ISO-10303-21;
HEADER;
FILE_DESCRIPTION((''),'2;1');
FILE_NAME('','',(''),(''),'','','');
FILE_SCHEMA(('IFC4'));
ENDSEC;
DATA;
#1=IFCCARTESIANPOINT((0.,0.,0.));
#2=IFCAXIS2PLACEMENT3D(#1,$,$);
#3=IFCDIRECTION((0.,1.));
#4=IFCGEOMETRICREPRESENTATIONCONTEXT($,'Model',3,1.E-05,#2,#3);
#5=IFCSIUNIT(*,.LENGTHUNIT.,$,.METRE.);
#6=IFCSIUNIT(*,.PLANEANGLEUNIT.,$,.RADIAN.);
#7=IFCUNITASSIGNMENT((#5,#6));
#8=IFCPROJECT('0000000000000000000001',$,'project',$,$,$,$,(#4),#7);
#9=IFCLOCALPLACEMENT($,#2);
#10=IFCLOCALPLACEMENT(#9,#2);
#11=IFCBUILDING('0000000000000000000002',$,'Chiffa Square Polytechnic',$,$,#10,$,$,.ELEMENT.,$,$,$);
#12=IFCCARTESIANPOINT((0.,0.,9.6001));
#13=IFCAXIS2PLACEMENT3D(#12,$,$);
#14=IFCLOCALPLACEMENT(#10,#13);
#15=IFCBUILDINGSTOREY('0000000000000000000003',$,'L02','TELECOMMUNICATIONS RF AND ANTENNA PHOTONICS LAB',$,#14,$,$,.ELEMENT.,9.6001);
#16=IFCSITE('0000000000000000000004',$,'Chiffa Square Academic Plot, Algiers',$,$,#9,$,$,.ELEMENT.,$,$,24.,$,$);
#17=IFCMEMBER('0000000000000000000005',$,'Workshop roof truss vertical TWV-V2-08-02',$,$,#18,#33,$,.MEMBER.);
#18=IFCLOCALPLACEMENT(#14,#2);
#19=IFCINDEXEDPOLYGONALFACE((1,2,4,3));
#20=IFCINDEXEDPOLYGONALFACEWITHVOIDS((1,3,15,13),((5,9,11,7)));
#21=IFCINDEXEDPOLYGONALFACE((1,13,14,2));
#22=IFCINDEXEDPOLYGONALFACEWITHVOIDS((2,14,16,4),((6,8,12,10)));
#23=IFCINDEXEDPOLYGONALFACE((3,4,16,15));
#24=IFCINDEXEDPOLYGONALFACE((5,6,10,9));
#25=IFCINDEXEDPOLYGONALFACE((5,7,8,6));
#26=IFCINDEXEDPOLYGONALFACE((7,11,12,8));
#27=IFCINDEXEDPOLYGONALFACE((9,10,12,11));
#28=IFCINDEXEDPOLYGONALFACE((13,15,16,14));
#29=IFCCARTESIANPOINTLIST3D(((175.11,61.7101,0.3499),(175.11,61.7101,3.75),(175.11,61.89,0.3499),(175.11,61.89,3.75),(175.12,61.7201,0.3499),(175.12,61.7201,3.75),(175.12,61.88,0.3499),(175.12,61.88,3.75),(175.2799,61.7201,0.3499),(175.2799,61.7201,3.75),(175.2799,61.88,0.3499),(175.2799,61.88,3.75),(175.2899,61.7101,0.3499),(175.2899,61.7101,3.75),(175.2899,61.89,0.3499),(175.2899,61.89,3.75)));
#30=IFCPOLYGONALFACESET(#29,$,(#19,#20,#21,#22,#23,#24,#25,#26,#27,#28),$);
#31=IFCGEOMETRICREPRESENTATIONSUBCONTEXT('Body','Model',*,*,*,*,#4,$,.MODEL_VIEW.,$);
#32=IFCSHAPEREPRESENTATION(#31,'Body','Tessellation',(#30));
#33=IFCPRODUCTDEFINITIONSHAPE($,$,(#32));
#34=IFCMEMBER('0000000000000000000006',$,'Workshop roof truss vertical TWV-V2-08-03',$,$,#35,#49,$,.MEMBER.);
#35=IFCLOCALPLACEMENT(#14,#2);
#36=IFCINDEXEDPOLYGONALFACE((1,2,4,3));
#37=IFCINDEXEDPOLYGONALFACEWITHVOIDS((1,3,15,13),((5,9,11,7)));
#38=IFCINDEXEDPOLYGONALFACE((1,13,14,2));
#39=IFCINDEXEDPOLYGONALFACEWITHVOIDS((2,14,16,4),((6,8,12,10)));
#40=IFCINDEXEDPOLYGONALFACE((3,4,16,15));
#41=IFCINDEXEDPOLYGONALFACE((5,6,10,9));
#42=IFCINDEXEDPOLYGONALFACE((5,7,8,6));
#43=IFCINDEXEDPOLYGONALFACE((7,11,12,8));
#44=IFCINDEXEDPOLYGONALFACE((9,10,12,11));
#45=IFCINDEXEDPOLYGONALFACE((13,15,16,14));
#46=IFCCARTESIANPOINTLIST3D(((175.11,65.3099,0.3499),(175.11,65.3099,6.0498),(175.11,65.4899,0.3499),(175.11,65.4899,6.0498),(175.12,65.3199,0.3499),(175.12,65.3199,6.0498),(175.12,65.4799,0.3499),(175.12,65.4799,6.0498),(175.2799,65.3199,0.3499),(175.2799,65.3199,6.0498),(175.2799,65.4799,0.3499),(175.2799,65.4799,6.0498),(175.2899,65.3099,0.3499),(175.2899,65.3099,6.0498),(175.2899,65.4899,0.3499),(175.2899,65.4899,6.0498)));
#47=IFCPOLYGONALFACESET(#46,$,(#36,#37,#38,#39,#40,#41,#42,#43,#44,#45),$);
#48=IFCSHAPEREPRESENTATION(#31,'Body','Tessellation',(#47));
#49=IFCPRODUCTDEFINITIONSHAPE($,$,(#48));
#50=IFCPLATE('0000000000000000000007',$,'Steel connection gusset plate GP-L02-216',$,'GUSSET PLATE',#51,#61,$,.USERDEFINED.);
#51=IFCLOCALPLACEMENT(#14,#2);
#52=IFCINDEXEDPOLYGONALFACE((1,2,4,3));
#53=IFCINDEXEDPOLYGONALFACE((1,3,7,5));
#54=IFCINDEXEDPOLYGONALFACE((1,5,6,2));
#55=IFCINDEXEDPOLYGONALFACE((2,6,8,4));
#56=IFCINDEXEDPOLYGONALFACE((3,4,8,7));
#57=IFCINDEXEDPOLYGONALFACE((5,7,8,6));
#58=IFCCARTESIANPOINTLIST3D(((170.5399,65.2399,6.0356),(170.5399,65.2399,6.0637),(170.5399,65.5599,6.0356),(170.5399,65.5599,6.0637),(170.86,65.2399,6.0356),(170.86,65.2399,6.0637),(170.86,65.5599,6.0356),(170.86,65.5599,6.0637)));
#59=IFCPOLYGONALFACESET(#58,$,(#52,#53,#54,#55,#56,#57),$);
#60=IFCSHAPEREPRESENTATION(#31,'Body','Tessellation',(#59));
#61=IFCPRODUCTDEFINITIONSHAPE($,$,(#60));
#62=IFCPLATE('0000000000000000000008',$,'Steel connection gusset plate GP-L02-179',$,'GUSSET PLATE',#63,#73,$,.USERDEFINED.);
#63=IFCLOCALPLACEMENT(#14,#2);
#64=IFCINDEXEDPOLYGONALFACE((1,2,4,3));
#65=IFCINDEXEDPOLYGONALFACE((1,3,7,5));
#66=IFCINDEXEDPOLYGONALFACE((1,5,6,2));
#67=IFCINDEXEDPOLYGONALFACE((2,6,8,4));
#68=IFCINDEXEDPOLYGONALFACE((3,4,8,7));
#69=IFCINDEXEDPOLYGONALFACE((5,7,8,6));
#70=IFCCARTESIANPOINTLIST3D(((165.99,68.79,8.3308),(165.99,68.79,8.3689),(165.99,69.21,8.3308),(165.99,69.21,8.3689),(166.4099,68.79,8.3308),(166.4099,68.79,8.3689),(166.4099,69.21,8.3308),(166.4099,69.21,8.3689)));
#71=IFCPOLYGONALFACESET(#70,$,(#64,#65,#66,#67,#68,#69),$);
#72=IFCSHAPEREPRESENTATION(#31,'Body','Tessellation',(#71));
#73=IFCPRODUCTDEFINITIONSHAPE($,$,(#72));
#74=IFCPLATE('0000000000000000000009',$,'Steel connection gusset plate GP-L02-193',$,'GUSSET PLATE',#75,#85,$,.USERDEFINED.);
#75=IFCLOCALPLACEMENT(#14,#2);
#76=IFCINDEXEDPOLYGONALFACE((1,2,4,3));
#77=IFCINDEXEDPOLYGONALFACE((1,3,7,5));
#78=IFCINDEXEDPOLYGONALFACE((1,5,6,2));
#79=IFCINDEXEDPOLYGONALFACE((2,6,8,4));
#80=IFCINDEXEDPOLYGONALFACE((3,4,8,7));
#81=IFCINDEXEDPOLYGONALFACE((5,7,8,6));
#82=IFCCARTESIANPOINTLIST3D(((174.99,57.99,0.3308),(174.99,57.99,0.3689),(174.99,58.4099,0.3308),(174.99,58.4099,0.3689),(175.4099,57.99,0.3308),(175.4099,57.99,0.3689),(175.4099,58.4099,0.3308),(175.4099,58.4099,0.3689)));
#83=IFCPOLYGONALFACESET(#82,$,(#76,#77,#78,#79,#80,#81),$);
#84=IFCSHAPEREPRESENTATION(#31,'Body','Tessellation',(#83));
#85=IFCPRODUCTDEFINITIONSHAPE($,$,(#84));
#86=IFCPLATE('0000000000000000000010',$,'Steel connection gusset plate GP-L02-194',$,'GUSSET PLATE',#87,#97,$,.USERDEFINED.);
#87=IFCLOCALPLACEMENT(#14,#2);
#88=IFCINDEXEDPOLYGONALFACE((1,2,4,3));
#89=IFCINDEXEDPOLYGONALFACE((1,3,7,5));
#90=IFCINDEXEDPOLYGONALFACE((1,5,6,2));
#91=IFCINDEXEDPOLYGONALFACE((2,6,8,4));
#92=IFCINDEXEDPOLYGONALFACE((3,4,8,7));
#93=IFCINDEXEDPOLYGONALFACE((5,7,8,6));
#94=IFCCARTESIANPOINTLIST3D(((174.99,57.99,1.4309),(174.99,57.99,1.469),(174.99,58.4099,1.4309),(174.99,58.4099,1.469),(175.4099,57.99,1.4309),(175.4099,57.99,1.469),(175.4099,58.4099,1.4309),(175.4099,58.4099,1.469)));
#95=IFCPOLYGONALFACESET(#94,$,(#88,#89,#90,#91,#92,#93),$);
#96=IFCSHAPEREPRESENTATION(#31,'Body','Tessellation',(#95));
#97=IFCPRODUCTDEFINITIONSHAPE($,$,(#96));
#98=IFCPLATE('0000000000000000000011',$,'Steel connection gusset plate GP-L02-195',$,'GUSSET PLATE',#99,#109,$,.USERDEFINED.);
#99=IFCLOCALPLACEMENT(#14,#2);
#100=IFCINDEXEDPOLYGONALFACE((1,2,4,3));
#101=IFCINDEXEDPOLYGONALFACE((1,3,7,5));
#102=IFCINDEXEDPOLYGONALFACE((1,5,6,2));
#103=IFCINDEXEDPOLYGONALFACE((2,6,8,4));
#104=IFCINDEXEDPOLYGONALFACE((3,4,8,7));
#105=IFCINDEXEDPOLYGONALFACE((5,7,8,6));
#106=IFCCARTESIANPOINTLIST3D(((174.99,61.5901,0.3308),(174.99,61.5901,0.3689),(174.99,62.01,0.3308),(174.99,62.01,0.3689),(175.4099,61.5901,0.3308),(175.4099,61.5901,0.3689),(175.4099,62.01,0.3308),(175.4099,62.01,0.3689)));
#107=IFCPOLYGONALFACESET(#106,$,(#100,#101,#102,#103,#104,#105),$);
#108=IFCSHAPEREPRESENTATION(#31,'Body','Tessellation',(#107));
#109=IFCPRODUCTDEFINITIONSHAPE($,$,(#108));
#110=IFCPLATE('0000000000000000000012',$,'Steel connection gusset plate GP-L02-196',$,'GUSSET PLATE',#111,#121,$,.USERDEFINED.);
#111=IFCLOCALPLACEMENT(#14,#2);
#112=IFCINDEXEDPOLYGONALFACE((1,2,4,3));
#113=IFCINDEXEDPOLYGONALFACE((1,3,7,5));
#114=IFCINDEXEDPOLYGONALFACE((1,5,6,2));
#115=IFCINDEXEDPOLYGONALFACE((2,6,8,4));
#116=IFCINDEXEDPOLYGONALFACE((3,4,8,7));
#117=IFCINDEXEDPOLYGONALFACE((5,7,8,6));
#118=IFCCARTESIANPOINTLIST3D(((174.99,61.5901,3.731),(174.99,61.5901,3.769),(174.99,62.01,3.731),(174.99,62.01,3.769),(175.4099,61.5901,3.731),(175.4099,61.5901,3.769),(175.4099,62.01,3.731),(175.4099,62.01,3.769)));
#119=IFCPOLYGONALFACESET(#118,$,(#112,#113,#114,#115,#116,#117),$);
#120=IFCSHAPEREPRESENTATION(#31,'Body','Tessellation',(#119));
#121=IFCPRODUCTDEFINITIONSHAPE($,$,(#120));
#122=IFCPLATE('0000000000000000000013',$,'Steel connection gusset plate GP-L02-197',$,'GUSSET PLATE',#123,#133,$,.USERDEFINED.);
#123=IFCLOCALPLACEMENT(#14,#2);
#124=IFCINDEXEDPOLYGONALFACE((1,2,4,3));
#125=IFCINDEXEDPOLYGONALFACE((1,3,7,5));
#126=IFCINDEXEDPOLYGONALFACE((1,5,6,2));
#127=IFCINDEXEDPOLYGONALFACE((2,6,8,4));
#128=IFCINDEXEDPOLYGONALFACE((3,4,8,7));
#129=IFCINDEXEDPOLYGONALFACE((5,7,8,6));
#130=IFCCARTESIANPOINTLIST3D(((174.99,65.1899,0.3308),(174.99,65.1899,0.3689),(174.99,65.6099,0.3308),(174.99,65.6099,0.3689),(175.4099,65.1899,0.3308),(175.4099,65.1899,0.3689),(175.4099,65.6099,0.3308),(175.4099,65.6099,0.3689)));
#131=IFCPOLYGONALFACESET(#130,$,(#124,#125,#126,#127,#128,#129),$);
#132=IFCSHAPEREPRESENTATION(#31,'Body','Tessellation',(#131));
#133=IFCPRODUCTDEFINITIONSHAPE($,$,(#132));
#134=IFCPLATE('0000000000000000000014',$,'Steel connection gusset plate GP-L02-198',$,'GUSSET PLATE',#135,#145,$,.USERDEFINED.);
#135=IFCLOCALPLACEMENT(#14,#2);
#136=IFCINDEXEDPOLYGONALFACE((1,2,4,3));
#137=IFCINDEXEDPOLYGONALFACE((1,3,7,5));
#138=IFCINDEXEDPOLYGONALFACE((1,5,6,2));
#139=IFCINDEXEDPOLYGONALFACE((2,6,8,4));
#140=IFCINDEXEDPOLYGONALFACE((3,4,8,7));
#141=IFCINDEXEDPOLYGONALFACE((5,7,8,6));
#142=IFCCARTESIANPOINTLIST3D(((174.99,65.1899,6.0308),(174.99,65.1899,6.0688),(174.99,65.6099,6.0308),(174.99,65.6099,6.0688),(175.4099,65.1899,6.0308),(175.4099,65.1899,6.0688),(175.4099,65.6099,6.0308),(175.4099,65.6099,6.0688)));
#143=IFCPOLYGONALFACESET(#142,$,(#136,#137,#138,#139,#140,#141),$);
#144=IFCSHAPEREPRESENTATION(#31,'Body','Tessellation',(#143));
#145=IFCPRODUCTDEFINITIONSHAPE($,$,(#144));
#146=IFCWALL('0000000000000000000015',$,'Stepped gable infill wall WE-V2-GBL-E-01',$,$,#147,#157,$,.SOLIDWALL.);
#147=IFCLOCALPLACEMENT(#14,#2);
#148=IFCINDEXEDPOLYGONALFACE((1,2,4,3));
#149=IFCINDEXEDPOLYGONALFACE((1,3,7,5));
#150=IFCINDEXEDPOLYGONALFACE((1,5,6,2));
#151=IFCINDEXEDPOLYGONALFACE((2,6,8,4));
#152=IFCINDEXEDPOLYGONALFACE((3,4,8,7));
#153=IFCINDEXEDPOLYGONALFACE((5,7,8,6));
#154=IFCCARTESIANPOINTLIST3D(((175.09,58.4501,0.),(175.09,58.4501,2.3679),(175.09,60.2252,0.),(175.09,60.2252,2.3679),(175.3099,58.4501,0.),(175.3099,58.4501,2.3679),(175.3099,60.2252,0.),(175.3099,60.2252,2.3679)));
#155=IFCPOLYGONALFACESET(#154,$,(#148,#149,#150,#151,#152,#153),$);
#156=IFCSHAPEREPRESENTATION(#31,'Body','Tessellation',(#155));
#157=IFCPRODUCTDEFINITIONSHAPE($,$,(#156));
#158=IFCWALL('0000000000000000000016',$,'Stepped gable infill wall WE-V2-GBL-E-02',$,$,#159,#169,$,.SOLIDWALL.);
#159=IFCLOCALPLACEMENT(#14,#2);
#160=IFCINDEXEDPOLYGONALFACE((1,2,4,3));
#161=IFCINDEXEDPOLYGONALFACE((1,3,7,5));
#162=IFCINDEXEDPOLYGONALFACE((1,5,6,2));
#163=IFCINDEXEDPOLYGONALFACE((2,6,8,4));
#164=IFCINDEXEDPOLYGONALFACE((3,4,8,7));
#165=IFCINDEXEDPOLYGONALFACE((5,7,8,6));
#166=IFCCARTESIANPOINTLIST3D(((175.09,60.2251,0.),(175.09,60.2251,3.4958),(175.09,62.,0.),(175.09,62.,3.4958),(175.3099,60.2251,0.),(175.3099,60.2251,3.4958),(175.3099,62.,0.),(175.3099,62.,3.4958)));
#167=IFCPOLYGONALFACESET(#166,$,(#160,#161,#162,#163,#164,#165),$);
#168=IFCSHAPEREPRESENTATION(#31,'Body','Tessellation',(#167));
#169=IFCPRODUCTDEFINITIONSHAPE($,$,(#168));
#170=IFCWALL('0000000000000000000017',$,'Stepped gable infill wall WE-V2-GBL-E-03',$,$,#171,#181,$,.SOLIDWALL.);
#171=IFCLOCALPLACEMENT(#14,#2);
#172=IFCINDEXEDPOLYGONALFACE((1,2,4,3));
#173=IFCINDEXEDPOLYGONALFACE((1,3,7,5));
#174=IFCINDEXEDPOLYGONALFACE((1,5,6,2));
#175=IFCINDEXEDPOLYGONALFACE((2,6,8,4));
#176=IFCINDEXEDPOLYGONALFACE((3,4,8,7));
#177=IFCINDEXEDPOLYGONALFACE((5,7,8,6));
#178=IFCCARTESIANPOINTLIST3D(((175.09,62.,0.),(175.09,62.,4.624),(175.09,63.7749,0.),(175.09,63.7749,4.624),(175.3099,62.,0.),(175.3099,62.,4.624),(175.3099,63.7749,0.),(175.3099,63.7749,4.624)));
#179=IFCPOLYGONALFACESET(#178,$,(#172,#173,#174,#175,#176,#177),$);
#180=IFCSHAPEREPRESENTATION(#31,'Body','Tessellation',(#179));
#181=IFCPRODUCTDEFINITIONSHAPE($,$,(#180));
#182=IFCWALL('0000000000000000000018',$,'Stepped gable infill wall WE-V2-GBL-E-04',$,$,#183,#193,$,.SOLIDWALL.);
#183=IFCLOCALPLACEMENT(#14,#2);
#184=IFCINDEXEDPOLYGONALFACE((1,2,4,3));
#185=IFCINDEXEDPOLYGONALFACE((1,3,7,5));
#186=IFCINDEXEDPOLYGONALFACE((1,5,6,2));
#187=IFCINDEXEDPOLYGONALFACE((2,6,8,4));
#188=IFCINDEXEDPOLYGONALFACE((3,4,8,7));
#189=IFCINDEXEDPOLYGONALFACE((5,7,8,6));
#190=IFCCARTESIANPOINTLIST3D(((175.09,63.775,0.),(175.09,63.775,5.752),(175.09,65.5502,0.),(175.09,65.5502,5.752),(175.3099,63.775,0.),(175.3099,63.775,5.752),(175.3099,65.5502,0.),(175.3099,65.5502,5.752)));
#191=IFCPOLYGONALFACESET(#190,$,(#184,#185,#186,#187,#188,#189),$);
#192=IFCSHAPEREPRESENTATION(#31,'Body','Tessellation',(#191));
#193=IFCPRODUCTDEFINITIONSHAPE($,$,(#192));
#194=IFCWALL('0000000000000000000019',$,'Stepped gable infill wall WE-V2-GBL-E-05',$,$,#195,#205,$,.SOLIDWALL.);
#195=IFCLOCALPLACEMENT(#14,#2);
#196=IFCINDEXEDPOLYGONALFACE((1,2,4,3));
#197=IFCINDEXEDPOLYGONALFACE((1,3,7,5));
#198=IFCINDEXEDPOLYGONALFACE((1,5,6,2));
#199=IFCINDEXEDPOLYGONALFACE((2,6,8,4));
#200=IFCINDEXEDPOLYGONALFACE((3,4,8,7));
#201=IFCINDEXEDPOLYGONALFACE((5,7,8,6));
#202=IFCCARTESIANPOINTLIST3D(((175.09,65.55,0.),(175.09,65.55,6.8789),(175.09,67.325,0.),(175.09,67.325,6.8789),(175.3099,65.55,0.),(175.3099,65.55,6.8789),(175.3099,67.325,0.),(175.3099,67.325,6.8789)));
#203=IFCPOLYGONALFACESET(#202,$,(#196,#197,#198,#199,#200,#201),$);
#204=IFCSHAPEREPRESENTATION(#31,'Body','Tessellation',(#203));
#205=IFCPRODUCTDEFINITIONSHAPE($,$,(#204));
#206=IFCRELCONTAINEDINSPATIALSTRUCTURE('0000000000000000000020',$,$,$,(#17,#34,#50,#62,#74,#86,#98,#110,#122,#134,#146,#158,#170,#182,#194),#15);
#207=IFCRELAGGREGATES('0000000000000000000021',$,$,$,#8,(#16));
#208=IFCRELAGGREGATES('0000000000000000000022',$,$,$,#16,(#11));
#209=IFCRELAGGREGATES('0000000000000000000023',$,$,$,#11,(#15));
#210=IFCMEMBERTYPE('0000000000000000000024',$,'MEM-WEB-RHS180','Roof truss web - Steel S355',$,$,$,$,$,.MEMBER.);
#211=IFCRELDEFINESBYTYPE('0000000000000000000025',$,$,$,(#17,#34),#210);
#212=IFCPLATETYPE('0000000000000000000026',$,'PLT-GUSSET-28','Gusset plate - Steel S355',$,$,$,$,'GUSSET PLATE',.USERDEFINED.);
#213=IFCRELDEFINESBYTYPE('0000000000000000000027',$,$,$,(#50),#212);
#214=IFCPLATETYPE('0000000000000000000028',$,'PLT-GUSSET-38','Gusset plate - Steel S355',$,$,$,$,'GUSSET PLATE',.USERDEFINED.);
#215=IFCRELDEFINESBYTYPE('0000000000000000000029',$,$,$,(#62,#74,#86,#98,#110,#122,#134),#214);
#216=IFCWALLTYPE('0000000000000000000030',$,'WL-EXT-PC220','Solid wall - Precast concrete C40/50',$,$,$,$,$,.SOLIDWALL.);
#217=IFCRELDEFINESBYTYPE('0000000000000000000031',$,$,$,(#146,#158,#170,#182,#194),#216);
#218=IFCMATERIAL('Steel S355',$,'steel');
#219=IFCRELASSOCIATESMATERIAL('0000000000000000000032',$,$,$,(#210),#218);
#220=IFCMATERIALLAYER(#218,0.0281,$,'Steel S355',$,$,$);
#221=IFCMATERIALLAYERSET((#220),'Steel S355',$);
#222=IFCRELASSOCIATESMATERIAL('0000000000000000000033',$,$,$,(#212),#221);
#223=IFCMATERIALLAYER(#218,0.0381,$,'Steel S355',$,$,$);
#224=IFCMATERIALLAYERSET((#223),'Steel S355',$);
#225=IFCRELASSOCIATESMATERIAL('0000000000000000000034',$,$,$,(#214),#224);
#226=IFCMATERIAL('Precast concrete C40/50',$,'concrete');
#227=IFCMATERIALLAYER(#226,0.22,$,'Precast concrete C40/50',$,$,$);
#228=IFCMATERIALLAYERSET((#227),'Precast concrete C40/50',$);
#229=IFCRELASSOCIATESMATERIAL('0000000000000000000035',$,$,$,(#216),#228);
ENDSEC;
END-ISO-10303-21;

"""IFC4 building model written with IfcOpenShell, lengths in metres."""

from ifc_helpers import new_model, si_unit, direction, frame, frame_2d, origin, origin_2d, place, context, subcontext, project, spatial, rectangle, hollow_rectangle, extrude, material, layer, layer_set, material_profile, profile_set, type_object, element, save


model = new_model("IFC4")

# Units and contexts
model_context = context("Model", 3, precision=1e-05, world=origin(), true_north=direction((0.0, 1.0)))
body_context = subcontext(model_context, "Body", "Model", "MODEL_VIEW")
ifc_project = project(units=[si_unit("LENGTHUNIT", "METRE"), si_unit("PLANEANGLEUNIT", "RADIAN")], contexts=[model_context])

# Site, building, storey
site_placement = place(None, origin())
site = spatial("IfcSite", under=ifc_project, at=site_placement, Name="Chiffa Square Academic Plot, Algiers", CompositionType="ELEMENT", RefElevation=24.0)
building_placement = place(site_placement, origin())
building = spatial("IfcBuilding", under=site, at=building_placement, Name="Chiffa Square Polytechnic", CompositionType="ELEMENT")
storey_placement = place(building_placement, frame((0.0, 0.0, 9.6001)))
storey = spatial("IfcBuildingStorey", under=building, at=storey_placement, Name="L02", Description="TELECOMMUNICATIONS RF AND ANTENNA PHOTONICS LAB", CompositionType="ELEMENT", Elevation=9.6001)

# Shared definitions
ifc_material_1 = material(Name="Steel S355", Category="steel")

# Members
ifc_material_profile_1 = material_profile(ifc_material_1, hollow_rectangle(XDim=0.1799, YDim=0.1799, WallThickness=0.01, at=origin_2d()), Name="RHS 180x180x10")
ifc_profile_set_1 = profile_set([ifc_material_profile_1], Name="Steel S355")
member_type_1 = type_object("IfcMemberType", Name="MEM-WEB-RHS180", Description="Roof truss web - Steel S355", PredefinedType="MEMBER", material=ifc_profile_set_1)
member_1_placement = place(storey_placement, frame((175.2, 61.8, 0.3499), z_axis=(0.0, 0.0, 1.0), x_axis=(1.0, 0.0, 0.0)))
element("IfcMember", 1, at=member_1_placement, inside=storey, type_object=member_type_1, Name="Workshop roof truss vertical TWV-V2-08-02", PredefinedType="MEMBER", context=body_context, shape_type="SweptSolid", body=[
    extrude(hollow_rectangle(XDim=0.1799, YDim=0.1799, WallThickness=0.01, at=origin_2d()), origin(), (0.0, 0.0, 1.0), 3.4001),
])
member_2_placement = place(storey_placement, frame((175.2, 65.3999, 0.3499), z_axis=(0.0, 0.0, 1.0), x_axis=(1.0, 0.0, 0.0)))
element("IfcMember", 2, at=member_2_placement, inside=storey, type_object=member_type_1, Name="Workshop roof truss vertical TWV-V2-08-03", PredefinedType="MEMBER", context=body_context, shape_type="SweptSolid", body=[
    extrude(hollow_rectangle(XDim=0.1799, YDim=0.1799, WallThickness=0.01, at=origin_2d()), origin(), (0.0, 0.0, 1.0), 5.7),
])

# Plates
ifc_layer_1 = layer(ifc_material_1, 0.0281, Name="Steel S355")
ifc_layer_set_1 = layer_set([ifc_layer_1], Name="Steel S355")
plate_type_1 = type_object("IfcPlateType", Name="PLT-GUSSET-28", Description="Gusset plate - Steel S355", ElementType="GUSSET PLATE", PredefinedType="USERDEFINED", material=ifc_layer_set_1)
plate_placement = place(storey_placement, frame((170.7, 65.3999, 6.0356), z_axis=(0.0, 0.0, 1.0), x_axis=(1.0, 0.0, 0.0)))
element("IfcPlate", 3, at=plate_placement, inside=storey, type_object=plate_type_1, Name="Steel connection gusset plate GP-L02-216", ObjectType="GUSSET PLATE", PredefinedType="USERDEFINED", context=body_context, shape_type="SweptSolid", body=[
    extrude(rectangle(XDim=0.3201, YDim=0.3201, at=origin_2d()), origin(), (0.0, 0.0, 1.0), 0.0281),
])
ifc_layer_2 = layer(ifc_material_1, 0.0381, Name="Steel S355")
ifc_layer_set_2 = layer_set([ifc_layer_2], Name="Steel S355")
plate_type_2 = type_object("IfcPlateType", Name="PLT-GUSSET-38", Description="Gusset plate - Steel S355", ElementType="GUSSET PLATE", PredefinedType="USERDEFINED", material=ifc_layer_set_2)
for number, where, z_axis, x_axis, name in (
    (4, (166.2, 69.0, 8.3308), (0.0, 0.0, 1.0), (1.0, 0.0, 0.0), "Steel connection gusset plate GP-L02-179"),
    (5, (175.2, 58.2, 0.3308), (0.0, 0.0, 1.0), (1.0, 0.0, 0.0), "Steel connection gusset plate GP-L02-193"),
    (6, (175.2, 58.2, 1.4309), (0.0, 0.0, 1.0), (1.0, 0.0, 0.0), "Steel connection gusset plate GP-L02-194"),
    (7, (175.2, 61.8, 0.3308), (0.0, 0.0, 1.0), (1.0, 0.0, 0.0), "Steel connection gusset plate GP-L02-195"),
    (8, (175.2, 61.8, 3.731), (0.0, 0.0, 1.0), (1.0, 0.0, 0.0), "Steel connection gusset plate GP-L02-196"),
    (9, (175.2, 65.3999, 0.3308), (0.0, 0.0, 1.0), (1.0, 0.0, 0.0), "Steel connection gusset plate GP-L02-197"),
    (10, (175.2, 65.3999, 6.0308), (0.0, 0.0, 1.0), (1.0, 0.0, 0.0), "Steel connection gusset plate GP-L02-198"),
):
    element("IfcPlate", number, at=place(storey_placement, frame(where, z_axis=z_axis, x_axis=x_axis)), inside=storey, type_object=plate_type_2, Name=name, ObjectType="GUSSET PLATE", PredefinedType="USERDEFINED", context=body_context, shape_type="SweptSolid", body=[
        extrude(rectangle(XDim=0.4199, YDim=0.4199, at=origin_2d()), origin(), (0.0, 0.0, 1.0), 0.0381),
    ])

# Walls
ifc_material_2 = material(Name="Precast concrete C40/50", Category="concrete")
ifc_layer_3 = layer(ifc_material_2, 0.22, Name="Precast concrete C40/50")
ifc_layer_set_3 = layer_set([ifc_layer_3], Name="Precast concrete C40/50")
wall_type = type_object("IfcWallType", Name="WL-EXT-PC220", Description="Solid wall - Precast concrete C40/50", PredefinedType="SOLIDWALL", material=ifc_layer_set_3)
wall_1_placement = place(storey_placement, frame((175.2, 58.45, 0.0), z_axis=(0.0, 0.0, 1.0), x_axis=(0.0, 1.0, 0.0)))
element("IfcWall", 11, at=wall_1_placement, inside=storey, type_object=wall_type, Name="Stepped gable infill wall WE-V2-GBL-E-01", PredefinedType="SOLIDWALL", context=body_context, shape_type="SweptSolid", body=[
    extrude(rectangle(XDim=1.7751, YDim=0.22, at=frame_2d((0.8877, 0.0))), origin(), (0.0, 0.0, 1.0), 2.3679),
])
wall_2_placement = place(storey_placement, frame((175.2, 60.2251, 0.0), z_axis=(0.0, 0.0, 1.0), x_axis=(0.0, 1.0, 0.0)))
element("IfcWall", 12, at=wall_2_placement, inside=storey, type_object=wall_type, Name="Stepped gable infill wall WE-V2-GBL-E-02", PredefinedType="SOLIDWALL", context=body_context, shape_type="SweptSolid", body=[
    extrude(rectangle(XDim=1.7749, YDim=0.22, at=frame_2d((0.8875, 0.0))), origin(), (0.0, 0.0, 1.0), 3.4958),
])
wall_3_placement = place(storey_placement, frame((175.2, 62.0, 0.0), z_axis=(0.0, 0.0, 1.0), x_axis=(0.0, 1.0, 0.0)))
element("IfcWall", 13, at=wall_3_placement, inside=storey, type_object=wall_type, Name="Stepped gable infill wall WE-V2-GBL-E-03", PredefinedType="SOLIDWALL", context=body_context, shape_type="SweptSolid", body=[
    extrude(rectangle(XDim=1.7749, YDim=0.22, at=frame_2d((0.8875, 0.0))), origin(), (0.0, 0.0, 1.0), 4.624),
])
wall_4_placement = place(storey_placement, frame((175.2, 63.7749, 0.0), z_axis=(0.0, 0.0, 1.0), x_axis=(0.0, 1.0, 0.0)))
element("IfcWall", 14, at=wall_4_placement, inside=storey, type_object=wall_type, Name="Stepped gable infill wall WE-V2-GBL-E-04", PredefinedType="SOLIDWALL", context=body_context, shape_type="SweptSolid", body=[
    extrude(rectangle(XDim=1.7751, YDim=0.22, at=frame_2d((0.8877, 0.0))), origin(), (0.0, 0.0, 1.0), 5.752),
])
wall_5_placement = place(storey_placement, frame((175.2, 65.55, 0.0), z_axis=(0.0, 0.0, 1.0), x_axis=(0.0, 1.0, 0.0)))
element("IfcWall", 15, at=wall_5_placement, inside=storey, type_object=wall_type, Name="Stepped gable infill wall WE-V2-GBL-E-05", PredefinedType="SOLIDWALL", context=body_context, shape_type="SweptSolid", body=[
    extrude(rectangle(XDim=1.7749, YDim=0.22, at=frame_2d((0.8875, 0.0))), origin(), (0.0, 0.0, 1.0), 6.8789),
])

save(model, "model.ifc")
